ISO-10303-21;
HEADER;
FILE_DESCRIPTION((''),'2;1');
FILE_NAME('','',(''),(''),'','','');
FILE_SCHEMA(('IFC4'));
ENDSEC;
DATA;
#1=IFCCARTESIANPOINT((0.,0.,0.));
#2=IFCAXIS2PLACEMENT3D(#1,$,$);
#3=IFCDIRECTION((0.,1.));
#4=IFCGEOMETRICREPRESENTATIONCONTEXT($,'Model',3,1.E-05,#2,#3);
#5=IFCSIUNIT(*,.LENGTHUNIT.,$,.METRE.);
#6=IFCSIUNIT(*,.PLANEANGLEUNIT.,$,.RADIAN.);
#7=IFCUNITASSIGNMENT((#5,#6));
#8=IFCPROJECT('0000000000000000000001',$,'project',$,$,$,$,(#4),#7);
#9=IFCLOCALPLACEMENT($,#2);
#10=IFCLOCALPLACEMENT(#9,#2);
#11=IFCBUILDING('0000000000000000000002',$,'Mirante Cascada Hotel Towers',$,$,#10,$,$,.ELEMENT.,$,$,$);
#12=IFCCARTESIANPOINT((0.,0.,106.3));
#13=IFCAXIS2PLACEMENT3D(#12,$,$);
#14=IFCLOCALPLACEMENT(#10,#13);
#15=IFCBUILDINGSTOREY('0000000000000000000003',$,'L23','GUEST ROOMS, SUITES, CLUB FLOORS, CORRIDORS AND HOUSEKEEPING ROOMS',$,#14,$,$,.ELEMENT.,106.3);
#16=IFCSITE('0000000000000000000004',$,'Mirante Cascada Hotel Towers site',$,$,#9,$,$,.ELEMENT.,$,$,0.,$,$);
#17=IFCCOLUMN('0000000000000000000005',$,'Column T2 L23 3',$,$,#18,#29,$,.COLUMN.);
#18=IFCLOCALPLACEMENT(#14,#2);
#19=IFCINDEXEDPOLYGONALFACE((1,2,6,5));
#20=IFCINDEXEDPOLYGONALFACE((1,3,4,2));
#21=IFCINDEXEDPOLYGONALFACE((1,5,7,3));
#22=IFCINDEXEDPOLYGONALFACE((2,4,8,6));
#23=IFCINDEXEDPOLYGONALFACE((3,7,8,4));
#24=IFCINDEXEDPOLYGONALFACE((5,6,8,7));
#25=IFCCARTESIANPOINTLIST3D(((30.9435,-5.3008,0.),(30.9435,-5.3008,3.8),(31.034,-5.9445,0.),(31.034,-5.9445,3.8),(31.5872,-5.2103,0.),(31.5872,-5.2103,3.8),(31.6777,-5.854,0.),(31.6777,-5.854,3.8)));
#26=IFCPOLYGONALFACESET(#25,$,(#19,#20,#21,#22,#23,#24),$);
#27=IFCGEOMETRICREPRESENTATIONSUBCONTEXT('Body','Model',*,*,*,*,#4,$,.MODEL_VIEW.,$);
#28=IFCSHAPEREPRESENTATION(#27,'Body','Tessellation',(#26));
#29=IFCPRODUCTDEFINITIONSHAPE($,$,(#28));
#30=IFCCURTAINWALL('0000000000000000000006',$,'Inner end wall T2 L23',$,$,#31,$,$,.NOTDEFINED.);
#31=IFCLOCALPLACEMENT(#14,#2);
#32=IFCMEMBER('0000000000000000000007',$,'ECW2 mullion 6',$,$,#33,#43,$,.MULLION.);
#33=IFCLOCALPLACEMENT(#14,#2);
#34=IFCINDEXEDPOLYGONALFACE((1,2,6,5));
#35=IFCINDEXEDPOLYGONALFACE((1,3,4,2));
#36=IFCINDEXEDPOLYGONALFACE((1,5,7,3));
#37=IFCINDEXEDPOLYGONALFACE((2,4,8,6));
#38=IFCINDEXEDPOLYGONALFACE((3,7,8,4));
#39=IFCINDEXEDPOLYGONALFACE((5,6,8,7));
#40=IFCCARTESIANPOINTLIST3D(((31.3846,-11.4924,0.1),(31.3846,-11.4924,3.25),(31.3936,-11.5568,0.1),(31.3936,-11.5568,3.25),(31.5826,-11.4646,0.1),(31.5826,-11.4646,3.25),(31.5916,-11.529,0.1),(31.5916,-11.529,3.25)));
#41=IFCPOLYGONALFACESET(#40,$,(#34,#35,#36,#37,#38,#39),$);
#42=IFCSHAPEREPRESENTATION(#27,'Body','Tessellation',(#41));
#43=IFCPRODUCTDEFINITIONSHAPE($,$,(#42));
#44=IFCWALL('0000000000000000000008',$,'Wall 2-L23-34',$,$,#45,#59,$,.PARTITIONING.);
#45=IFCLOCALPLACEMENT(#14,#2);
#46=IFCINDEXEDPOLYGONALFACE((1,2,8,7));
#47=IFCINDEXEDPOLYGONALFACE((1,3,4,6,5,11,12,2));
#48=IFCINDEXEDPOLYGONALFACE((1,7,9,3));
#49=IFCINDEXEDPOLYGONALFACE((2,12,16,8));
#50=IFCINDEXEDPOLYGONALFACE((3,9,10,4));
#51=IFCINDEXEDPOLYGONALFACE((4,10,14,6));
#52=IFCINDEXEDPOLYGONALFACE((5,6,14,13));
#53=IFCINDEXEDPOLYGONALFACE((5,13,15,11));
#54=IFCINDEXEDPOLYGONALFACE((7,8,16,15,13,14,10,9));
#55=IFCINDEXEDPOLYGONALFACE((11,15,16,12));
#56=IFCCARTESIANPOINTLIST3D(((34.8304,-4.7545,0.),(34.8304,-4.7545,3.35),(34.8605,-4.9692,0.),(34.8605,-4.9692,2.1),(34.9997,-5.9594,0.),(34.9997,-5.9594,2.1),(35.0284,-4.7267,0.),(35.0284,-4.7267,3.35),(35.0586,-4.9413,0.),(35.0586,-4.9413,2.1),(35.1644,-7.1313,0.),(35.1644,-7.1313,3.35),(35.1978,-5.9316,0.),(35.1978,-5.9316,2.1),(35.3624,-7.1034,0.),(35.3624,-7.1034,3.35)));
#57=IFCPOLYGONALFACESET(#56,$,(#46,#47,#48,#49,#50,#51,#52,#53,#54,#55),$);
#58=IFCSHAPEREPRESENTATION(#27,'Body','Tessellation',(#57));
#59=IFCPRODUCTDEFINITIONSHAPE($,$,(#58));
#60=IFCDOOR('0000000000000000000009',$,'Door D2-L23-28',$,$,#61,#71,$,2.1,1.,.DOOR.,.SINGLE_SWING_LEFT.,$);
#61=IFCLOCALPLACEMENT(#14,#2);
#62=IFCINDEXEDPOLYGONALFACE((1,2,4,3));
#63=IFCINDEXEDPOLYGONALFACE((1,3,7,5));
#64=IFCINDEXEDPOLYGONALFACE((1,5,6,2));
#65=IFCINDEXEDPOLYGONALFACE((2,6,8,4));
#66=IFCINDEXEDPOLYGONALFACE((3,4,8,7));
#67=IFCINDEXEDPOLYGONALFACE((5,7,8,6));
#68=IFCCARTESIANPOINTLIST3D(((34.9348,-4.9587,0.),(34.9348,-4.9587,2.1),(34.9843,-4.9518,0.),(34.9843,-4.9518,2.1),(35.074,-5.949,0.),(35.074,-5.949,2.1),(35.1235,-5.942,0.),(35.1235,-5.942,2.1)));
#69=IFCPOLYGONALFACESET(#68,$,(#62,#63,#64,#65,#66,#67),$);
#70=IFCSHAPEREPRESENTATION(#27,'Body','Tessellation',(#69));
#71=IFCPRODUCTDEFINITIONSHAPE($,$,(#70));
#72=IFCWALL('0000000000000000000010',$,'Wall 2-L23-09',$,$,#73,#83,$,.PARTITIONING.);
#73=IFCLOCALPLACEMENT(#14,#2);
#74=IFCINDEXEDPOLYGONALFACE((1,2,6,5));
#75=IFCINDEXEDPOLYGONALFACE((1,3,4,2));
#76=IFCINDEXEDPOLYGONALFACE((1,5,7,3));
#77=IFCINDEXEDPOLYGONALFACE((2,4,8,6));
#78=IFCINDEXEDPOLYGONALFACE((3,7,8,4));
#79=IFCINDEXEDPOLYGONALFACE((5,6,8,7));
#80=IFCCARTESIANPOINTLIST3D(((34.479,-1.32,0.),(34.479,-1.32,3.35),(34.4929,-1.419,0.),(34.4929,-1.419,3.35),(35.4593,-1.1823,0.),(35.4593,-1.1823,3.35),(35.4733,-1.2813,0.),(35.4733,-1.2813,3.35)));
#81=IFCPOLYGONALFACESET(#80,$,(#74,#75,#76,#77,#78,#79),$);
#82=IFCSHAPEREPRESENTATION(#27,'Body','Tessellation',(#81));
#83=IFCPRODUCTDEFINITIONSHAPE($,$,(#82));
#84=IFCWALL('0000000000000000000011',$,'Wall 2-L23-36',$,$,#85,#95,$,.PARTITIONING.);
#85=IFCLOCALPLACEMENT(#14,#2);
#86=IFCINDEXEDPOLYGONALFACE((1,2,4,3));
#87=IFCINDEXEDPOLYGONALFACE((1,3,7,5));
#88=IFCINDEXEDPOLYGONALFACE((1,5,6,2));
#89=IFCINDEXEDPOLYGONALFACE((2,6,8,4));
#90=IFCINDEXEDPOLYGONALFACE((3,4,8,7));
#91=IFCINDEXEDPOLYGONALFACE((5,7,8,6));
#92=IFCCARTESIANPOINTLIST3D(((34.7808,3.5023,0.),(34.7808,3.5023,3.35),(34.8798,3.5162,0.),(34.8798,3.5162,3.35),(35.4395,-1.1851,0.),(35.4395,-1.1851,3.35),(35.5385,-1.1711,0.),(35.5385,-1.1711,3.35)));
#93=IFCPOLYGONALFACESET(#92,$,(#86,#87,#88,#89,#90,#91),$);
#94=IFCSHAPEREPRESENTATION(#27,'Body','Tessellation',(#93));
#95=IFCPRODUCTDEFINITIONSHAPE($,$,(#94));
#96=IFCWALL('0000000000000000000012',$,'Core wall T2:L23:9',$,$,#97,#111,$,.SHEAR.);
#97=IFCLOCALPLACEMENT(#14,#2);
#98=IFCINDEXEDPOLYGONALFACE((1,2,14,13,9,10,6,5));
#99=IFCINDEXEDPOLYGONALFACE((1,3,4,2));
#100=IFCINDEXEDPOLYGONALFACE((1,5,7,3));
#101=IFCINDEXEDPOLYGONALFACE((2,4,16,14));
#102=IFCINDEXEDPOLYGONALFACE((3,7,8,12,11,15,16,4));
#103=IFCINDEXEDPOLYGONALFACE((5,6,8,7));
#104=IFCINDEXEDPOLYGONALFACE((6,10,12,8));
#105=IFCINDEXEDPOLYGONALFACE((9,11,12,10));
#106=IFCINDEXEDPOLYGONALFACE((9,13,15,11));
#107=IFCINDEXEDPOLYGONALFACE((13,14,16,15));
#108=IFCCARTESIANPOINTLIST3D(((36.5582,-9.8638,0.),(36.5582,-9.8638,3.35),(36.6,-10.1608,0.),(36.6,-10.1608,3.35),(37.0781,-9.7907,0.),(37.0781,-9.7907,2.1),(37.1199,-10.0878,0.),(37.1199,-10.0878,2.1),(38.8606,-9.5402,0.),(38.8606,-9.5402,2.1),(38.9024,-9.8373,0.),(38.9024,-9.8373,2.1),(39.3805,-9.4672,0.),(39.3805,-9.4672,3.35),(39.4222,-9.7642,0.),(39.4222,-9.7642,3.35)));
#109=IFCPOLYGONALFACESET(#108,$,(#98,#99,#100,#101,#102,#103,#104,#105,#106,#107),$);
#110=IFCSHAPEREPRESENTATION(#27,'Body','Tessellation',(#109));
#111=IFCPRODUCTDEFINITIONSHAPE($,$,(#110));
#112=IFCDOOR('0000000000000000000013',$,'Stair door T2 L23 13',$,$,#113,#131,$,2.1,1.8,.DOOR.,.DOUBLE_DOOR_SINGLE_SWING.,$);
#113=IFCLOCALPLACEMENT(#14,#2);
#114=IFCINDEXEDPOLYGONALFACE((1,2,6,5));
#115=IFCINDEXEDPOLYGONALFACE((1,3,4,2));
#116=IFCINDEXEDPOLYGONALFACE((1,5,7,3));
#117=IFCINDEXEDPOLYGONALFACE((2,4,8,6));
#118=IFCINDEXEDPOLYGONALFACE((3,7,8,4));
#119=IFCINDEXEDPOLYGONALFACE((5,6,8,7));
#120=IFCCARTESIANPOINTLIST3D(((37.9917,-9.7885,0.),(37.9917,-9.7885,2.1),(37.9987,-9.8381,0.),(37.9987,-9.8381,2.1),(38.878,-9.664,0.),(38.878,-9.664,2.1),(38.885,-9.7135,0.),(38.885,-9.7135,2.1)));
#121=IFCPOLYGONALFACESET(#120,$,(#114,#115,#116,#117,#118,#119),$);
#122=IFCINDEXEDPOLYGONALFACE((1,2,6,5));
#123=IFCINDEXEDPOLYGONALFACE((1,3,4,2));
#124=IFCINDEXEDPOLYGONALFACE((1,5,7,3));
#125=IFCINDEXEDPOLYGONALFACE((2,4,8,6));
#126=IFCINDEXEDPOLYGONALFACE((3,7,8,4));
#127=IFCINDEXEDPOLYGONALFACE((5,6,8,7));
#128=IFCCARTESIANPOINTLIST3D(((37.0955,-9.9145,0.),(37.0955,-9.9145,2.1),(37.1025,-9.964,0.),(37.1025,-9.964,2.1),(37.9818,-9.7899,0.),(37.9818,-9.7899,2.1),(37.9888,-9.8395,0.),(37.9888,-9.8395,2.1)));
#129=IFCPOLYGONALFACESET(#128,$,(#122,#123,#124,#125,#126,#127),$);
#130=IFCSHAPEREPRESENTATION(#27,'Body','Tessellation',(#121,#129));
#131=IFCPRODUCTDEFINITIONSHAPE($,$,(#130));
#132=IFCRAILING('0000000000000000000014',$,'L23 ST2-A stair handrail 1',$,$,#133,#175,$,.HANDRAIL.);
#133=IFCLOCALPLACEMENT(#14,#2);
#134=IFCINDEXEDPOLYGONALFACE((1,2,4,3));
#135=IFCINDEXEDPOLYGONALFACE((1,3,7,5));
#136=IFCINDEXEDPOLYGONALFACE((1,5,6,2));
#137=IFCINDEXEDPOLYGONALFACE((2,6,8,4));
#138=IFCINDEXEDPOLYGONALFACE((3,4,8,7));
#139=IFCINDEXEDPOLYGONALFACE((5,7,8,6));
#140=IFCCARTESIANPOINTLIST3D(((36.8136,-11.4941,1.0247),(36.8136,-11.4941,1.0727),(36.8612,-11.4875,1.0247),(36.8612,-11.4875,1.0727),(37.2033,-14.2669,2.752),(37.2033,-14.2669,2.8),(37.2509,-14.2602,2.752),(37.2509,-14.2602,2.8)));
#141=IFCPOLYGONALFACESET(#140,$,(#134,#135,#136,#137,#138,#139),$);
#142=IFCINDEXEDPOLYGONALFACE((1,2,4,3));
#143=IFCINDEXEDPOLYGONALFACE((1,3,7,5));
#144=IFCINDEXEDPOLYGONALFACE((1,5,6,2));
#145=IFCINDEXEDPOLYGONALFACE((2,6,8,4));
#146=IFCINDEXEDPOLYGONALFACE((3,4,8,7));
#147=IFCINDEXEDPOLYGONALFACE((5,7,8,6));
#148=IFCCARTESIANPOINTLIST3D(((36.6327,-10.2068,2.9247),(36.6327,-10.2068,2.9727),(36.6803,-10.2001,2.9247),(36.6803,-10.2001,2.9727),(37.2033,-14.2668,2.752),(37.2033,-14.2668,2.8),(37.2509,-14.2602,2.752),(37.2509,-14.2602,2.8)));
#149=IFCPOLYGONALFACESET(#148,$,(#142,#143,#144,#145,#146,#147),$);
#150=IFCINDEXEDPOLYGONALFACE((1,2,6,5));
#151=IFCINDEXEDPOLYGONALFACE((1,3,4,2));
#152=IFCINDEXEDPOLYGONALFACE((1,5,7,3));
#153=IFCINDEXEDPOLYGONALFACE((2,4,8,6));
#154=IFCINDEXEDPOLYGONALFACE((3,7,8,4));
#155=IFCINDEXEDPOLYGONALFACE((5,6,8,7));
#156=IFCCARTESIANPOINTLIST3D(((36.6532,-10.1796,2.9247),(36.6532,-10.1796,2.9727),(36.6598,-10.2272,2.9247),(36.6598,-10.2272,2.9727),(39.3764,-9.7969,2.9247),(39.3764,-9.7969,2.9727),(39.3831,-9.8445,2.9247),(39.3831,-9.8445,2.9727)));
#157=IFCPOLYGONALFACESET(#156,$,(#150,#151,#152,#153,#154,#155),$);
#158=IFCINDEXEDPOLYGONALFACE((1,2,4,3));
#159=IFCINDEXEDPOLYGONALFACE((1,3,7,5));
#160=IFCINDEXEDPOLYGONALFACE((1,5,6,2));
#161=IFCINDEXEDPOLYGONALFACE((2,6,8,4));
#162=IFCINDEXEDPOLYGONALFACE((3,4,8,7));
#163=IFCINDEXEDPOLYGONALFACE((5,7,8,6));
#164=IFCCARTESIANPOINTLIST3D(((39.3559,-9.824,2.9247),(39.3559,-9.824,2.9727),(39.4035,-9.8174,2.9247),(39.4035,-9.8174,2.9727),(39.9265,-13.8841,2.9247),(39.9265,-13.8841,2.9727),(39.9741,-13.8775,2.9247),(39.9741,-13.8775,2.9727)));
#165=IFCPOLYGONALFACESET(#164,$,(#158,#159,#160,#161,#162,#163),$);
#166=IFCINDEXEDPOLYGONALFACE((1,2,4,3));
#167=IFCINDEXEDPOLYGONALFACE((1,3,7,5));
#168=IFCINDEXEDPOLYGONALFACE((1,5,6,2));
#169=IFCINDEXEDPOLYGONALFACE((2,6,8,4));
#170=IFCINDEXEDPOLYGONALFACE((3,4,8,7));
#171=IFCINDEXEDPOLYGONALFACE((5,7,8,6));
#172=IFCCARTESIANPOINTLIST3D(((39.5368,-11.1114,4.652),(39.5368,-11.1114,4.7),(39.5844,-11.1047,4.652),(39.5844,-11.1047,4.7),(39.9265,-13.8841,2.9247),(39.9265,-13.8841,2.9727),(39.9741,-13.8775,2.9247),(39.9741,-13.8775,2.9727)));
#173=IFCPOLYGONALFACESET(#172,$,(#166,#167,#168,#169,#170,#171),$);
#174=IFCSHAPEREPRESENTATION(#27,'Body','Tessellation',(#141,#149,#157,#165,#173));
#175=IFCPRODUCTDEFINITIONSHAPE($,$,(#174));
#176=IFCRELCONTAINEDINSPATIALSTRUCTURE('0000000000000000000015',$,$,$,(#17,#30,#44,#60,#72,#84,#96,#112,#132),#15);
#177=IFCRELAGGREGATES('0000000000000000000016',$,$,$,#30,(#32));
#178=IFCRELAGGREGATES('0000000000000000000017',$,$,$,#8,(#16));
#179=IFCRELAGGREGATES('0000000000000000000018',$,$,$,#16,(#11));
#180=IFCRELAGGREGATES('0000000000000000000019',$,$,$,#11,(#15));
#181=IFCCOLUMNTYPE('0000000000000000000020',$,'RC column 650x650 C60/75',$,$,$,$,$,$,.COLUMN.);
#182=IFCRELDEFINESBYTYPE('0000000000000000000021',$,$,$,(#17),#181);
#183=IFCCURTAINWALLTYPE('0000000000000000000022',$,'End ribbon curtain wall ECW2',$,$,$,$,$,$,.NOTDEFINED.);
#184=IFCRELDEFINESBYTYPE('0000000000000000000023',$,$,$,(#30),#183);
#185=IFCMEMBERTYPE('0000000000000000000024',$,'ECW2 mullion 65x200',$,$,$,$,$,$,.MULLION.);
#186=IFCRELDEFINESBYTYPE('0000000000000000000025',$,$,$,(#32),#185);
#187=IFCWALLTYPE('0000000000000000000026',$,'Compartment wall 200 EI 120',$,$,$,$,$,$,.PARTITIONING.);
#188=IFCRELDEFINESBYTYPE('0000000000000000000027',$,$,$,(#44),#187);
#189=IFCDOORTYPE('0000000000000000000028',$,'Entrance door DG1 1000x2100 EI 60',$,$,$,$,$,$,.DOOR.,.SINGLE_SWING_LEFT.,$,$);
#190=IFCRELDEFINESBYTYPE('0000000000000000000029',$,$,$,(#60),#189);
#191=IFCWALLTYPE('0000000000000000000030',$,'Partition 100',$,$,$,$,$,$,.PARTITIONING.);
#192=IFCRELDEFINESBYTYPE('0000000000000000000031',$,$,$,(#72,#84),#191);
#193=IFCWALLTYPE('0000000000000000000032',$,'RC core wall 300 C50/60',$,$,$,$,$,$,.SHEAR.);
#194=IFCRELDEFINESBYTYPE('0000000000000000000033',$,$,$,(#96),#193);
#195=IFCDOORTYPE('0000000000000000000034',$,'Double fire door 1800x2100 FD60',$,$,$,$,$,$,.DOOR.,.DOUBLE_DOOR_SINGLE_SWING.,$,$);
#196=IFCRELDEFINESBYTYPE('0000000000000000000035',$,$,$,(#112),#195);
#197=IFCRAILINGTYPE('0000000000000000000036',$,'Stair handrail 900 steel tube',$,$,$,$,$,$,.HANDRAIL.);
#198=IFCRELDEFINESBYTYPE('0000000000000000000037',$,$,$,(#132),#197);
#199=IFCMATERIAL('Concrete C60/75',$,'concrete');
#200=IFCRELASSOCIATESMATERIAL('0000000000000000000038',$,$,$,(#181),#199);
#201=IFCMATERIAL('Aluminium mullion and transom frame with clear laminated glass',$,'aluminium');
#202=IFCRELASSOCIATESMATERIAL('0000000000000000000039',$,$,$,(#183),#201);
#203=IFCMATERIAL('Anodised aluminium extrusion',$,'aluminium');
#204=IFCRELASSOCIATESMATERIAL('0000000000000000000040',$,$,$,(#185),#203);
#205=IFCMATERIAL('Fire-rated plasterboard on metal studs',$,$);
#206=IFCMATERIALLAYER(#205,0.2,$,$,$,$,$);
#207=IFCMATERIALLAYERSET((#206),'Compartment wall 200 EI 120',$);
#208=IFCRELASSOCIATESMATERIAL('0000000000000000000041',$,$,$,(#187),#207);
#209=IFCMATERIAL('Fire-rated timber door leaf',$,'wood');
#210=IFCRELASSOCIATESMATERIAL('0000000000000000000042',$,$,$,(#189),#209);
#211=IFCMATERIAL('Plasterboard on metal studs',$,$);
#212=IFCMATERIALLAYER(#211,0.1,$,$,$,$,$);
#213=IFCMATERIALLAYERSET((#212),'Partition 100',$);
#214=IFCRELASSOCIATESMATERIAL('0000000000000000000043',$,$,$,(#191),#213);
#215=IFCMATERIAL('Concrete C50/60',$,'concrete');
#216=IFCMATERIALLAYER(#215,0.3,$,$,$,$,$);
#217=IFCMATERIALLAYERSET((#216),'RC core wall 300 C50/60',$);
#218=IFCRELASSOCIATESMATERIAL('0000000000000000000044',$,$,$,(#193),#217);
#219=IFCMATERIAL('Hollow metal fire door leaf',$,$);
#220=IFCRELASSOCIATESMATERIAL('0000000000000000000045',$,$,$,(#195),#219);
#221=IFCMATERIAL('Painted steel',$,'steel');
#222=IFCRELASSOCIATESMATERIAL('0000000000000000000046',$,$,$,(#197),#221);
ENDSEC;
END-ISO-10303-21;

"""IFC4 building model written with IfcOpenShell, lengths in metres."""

from ifc_helpers import new_model, si_unit, direction, frame, frame_2d, origin, origin_2d, place, context, subcontext, project, spatial, rectangle, extrude, material, layer, layer_set, material_profile, profile_set, type_object, element, fill, aggregate, save


model = new_model("IFC4")

# Units and contexts
model_context = context("Model", 3, precision=1e-05, world=origin(), true_north=direction((0.0, 1.0)))
body_context = subcontext(model_context, "Body", "Model", "MODEL_VIEW")
ifc_project = project(units=[si_unit("LENGTHUNIT", "METRE"), si_unit("PLANEANGLEUNIT", "RADIAN")], contexts=[model_context])

# Site, building, storey
site_placement = place(None, origin())
site = spatial("IfcSite", under=ifc_project, at=site_placement, Name="Mirante Cascada Hotel Towers site", CompositionType="ELEMENT", RefElevation=0.0)
building_placement = place(site_placement, origin())
building = spatial("IfcBuilding", under=site, at=building_placement, Name="Mirante Cascada Hotel Towers", CompositionType="ELEMENT")
storey_placement = place(building_placement, frame((0.0, 0.0, 106.3)))
storey = spatial("IfcBuildingStorey", under=building, at=storey_placement, Name="L23", Description="GUEST ROOMS, SUITES, CLUB FLOORS, CORRIDORS AND HOUSEKEEPING ROOMS", CompositionType="ELEMENT", Elevation=106.3)

# Column
ifc_material_1 = material(Name="Concrete C60/75", Category="concrete")
ifc_material_profile_1 = material_profile(ifc_material_1, rectangle(XDim=0.65, YDim=0.65, at=origin_2d()), Name="RC column 650x650 C60/75")
ifc_profile_set_1 = profile_set([ifc_material_profile_1], Name="Concrete C60/75")
column_type = type_object("IfcColumnType", Name="RC column 650x650 C60/75", PredefinedType="COLUMN", material=ifc_profile_set_1)
column_placement = place(storey_placement, frame((31.3106, -5.5774, 0.0), z_axis=(0.0, 0.0, 1.0), x_axis=(0.990268, 0.139173, 0.0)))
element("IfcColumn", 1, at=column_placement, inside=storey, type_object=column_type, Name="Column T2 L23 3", PredefinedType="COLUMN", context=body_context, shape_type="SweptSolid", body=[
    extrude(rectangle(XDim=0.65, YDim=0.65, at=origin_2d()), origin(), (0.0, 0.0, 1.0), 3.8),
])

# Curtain wall, member
ifc_material_2 = material(Name="Aluminium mullion and transom frame with clear laminated glass", Category="aluminium")
curtain_wall_type = type_object("IfcCurtainWallType", Name="End ribbon curtain wall ECW2", PredefinedType="NOTDEFINED", material=ifc_material_2)
curtain_wall_placement = place(storey_placement, origin())
curtain_wall = element("IfcCurtainWall", 2, at=curtain_wall_placement, inside=storey, type_object=curtain_wall_type, Name="Inner end wall T2 L23", PredefinedType="NOTDEFINED")
ifc_material_3 = material(Name="Anodised aluminium extrusion", Category="aluminium")
ifc_material_profile_2 = material_profile(ifc_material_3, rectangle(XDim=0.2, YDim=0.065, at=origin_2d()), Name="ECW2 MULLION 65x200")
ifc_profile_set_2 = profile_set([ifc_material_profile_2], Name="Anodised aluminium extrusion")
member_type = type_object("IfcMemberType", Name="ECW2 mullion 65x200", PredefinedType="MULLION", material=ifc_profile_set_2)
member_placement = place(storey_placement, frame((31.4881, -11.5107, 0.1), z_axis=(0.0, 0.0, 1.0), x_axis=(0.990268, 0.139173, 0.0)))
member = element("IfcMember", 3, at=member_placement, type_object=member_type, Name="ECW2 mullion 6", PredefinedType="MULLION", context=body_context, shape_type="SweptSolid", body=[
    extrude(rectangle(XDim=0.2, YDim=0.065, at=origin_2d()), origin(), (0.0, 0.0, 1.0), 3.15),
])
aggregate(curtain_wall, [member])

# Wall, opening, door
ifc_material_4 = material(Name="Fire-rated plasterboard on metal studs")
ifc_layer_1 = layer(ifc_material_4, 0.2)
ifc_layer_set_1 = layer_set([ifc_layer_1], Name="Compartment wall 200 EI 120")
wall_type_1 = type_object("IfcWallType", Name="Compartment wall 200 EI 120", PredefinedType="PARTITIONING", material=ifc_layer_set_1)
wall_1_placement = place(storey_placement, frame((35.2634, -7.1173, 0.0), z_axis=(0.0, 0.0, 1.0), x_axis=(-0.139163, 0.990269, 0.0)))
wall_1 = element("IfcWall", 4, at=wall_1_placement, inside=storey, type_object=wall_type_1, Name="Wall 2-L23-34", PredefinedType="PARTITIONING", context=body_context, shape_type="SweptSolid", body=[
    extrude(rectangle(XDim=2.4001, YDim=0.2, at=frame_2d((1.2, 0.0))), origin(), (0.0, 0.0, 1.0), 3.35),
])
opening_1_placement = place(wall_1_placement, frame((1.1833, 0.0, 0.0)))
opening_1 = element("IfcOpeningElement", 5, at=opening_1_placement, cuts=wall_1, PredefinedType="OPENING", context=body_context, shape_type="SweptSolid", body=[
    extrude(rectangle(XDim=1.0, YDim=2.1, at=frame_2d((0.5, 1.05))), frame((0.0, 0.1, 0.0), z_axis=(0.0, -1.0, 0.0), x_axis=(1.0, 0.0, 0.0)), (0.0, 0.0, 1.0), 0.2),
])
ifc_material_5 = material(Name="Fire-rated timber door leaf", Category="wood")
door_type_1 = type_object("IfcDoorType", Name="Entrance door DG1 1000x2100 EI 60", OperationType="SINGLE_SWING_LEFT", PredefinedType="DOOR", material=ifc_material_5)
door_1_placement = place(opening_1_placement, origin())
door_1 = element("IfcDoor", 6, at=door_1_placement, inside=storey, type_object=door_type_1, Name="Door D2-L23-28", OperationType="SINGLE_SWING_LEFT", OverallHeight=2.1, OverallWidth=1.0, PredefinedType="DOOR", context=body_context, shape_type="SweptSolid", body=[
    extrude(rectangle(XDim=1.0, YDim=2.1, at=frame_2d((0.5, 1.05))), frame((0.0, 0.025, 0.0), z_axis=(0.0, -1.0, 0.0), x_axis=(1.0, 0.0, 0.0)), (0.0, 0.0, 1.0), 0.05),
])
fill(opening_1, door_1)

# Walls
ifc_material_6 = material(Name="Plasterboard on metal studs")
ifc_layer_2 = layer(ifc_material_6, 0.1)
ifc_layer_set_2 = layer_set([ifc_layer_2], Name="Partition 100")
wall_type_2 = type_object("IfcWallType", Name="Partition 100", PredefinedType="PARTITIONING", material=ifc_layer_set_2)
wall_2_placement = place(storey_placement, frame((35.4663, -1.2318, 0.0), z_axis=(0.0, 0.0, 1.0), x_axis=(-0.99028, -0.139088, 0.0)))
element("IfcWall", 7, at=wall_2_placement, inside=storey, type_object=wall_type_2, Name="Wall 2-L23-09", PredefinedType="PARTITIONING", context=body_context, shape_type="SweptSolid", body=[
    extrude(rectangle(XDim=0.99, YDim=0.1, at=frame_2d((0.495, 0.0))), origin(), (0.0, 0.0, 1.0), 3.35),
])
wall_3_placement = place(storey_placement, frame((35.489, -1.1781, 0.0), z_axis=(0.0, 0.0, 1.0), x_axis=(-0.139161, 0.99027, 0.0)))
element("IfcWall", 8, at=wall_3_placement, inside=storey, type_object=wall_type_2, Name="Wall 2-L23-36", PredefinedType="PARTITIONING", context=body_context, shape_type="SweptSolid", body=[
    extrude(rectangle(XDim=4.7334, YDim=0.1, at=frame_2d((2.3667, 0.0))), origin(), (0.0, 0.0, 1.0), 3.35),
])

# Wall, opening, door
ifc_material_7 = material(Name="Concrete C50/60", Category="concrete")
ifc_layer_3 = layer(ifc_material_7, 0.3)
ifc_layer_set_3 = layer_set([ifc_layer_3], Name="RC core wall 300 C50/60")
wall_type_3 = type_object("IfcWallType", Name="RC core wall 300 C50/60", PredefinedType="SHEAR", material=ifc_layer_set_3)
wall_4_placement = place(storey_placement, frame((36.5791, -10.0123, 0.0), z_axis=(0.0, 0.0, 1.0), x_axis=(0.99027, 0.139156, 0.0)))
wall_4 = element("IfcWall", 9, at=wall_4_placement, inside=storey, type_object=wall_type_3, Name="Core wall T2:L23:9", PredefinedType="SHEAR", context=body_context, shape_type="SweptSolid", body=[
    extrude(rectangle(XDim=2.85, YDim=0.3, at=frame_2d((1.425, 0.0))), origin(), (0.0, 0.0, 1.0), 3.35),
])
opening_2_placement = place(wall_4_placement, frame((0.525, 0.0, 0.0)))
opening_2 = element("IfcOpeningElement", 10, at=opening_2_placement, cuts=wall_4, PredefinedType="OPENING", context=body_context, shape_type="SweptSolid", body=[
    extrude(rectangle(XDim=1.8, YDim=2.1, at=frame_2d((0.9, 1.05))), frame((0.0, 0.15, 0.0), z_axis=(0.0, -1.0, 0.0), x_axis=(1.0, 0.0, 0.0)), (0.0, 0.0, 1.0), 0.3),
])
ifc_material_8 = material(Name="Hollow metal fire door leaf")
door_type_2 = type_object("IfcDoorType", Name="Double fire door 1800x2100 FD60", OperationType="DOUBLE_DOOR_SINGLE_SWING", PredefinedType="DOOR", material=ifc_material_8)
door_2_placement = place(opening_2_placement, frame((1.8, 0.0, 0.0), z_axis=(0.0, 0.0, 1.0), x_axis=(-1.0, 0.0, 0.0)))
door_2 = element("IfcDoor", 11, at=door_2_placement, inside=storey, type_object=door_type_2, Name="Stair door T2 L23 13", OperationType="DOUBLE_DOOR_SINGLE_SWING", OverallHeight=2.1, OverallWidth=1.8, PredefinedType="DOOR", context=body_context, shape_type="SweptSolid", body=[
    extrude(rectangle(XDim=0.895, YDim=2.1, at=frame_2d((0.4475, 1.05))), frame((0.0, 0.025, 0.0), z_axis=(0.0, -1.0, 0.0), x_axis=(1.0, 0.0, 0.0)), (0.0, 0.0, 1.0), 0.05),
    extrude(rectangle(XDim=0.895, YDim=2.1, at=frame_2d((1.3525, 1.05))), frame((0.0, 0.025, 0.0), z_axis=(0.0, -1.0, 0.0), x_axis=(1.0, 0.0, 0.0)), (0.0, 0.0, 1.0), 0.05),
])
fill(opening_2, door_2)

# Railing
ifc_material_9 = material(Name="Painted steel", Category="steel")
railing_type = type_object("IfcRailingType", Name="Stair handrail 900 steel tube", PredefinedType="HANDRAIL", material=ifc_material_9)
railing_placement = place(storey_placement, frame((36.8374, -11.4908, 0.1727)))
element("IfcRailing", 12, at=railing_placement, inside=storey, type_object=railing_type, Name="L23 ST2-A stair handrail 1", PredefinedType="HANDRAIL", context=body_context, shape_type="SweptSolid", body=[
    extrude(rectangle(XDim=0.048, YDim=0.048, at=origin_2d()), frame((0.0, 0.0, 0.876), z_axis=(0.139181, -0.990267, 0.0), x_axis=(0.990267, 0.139181, 0.0)), (0.0, 0.525035, 0.851081), 3.2899),
    extrude(rectangle(XDim=0.048, YDim=0.048, at=origin_2d()), frame((0.3897, -2.7727, 2.6033), z_axis=(-0.139171, 0.990268, 0.0), x_axis=(-0.990268, -0.139171, 0.0)), (0.0, 0.042085, 0.999114), 4.1036),
    extrude(rectangle(XDim=0.048, YDim=0.048, at=origin_2d()), frame((-0.1809, 1.2874, 2.776), z_axis=(0.990269, 0.139166, 0.0), x_axis=(-0.139166, 0.990269, 0.0)), (0.0, 0.0, 1.0), 2.75),
    extrude(rectangle(XDim=0.048, YDim=0.048, at=origin_2d()), frame((2.5423, 1.6701, 2.776), z_axis=(0.139171, -0.990268, 0.0), x_axis=(0.990268, 0.139171, 0.0)), (0.0, 0.0, 1.0), 4.1),
    extrude(rectangle(XDim=0.048, YDim=0.048, at=origin_2d()), frame((3.1129, -2.39, 2.776), z_axis=(-0.139181, 0.990267, 0.0), x_axis=(-0.990267, -0.139181, 0.0)), (0.0, 0.525035, 0.851081), 3.2899),
])

save(model, "model.ifc")
